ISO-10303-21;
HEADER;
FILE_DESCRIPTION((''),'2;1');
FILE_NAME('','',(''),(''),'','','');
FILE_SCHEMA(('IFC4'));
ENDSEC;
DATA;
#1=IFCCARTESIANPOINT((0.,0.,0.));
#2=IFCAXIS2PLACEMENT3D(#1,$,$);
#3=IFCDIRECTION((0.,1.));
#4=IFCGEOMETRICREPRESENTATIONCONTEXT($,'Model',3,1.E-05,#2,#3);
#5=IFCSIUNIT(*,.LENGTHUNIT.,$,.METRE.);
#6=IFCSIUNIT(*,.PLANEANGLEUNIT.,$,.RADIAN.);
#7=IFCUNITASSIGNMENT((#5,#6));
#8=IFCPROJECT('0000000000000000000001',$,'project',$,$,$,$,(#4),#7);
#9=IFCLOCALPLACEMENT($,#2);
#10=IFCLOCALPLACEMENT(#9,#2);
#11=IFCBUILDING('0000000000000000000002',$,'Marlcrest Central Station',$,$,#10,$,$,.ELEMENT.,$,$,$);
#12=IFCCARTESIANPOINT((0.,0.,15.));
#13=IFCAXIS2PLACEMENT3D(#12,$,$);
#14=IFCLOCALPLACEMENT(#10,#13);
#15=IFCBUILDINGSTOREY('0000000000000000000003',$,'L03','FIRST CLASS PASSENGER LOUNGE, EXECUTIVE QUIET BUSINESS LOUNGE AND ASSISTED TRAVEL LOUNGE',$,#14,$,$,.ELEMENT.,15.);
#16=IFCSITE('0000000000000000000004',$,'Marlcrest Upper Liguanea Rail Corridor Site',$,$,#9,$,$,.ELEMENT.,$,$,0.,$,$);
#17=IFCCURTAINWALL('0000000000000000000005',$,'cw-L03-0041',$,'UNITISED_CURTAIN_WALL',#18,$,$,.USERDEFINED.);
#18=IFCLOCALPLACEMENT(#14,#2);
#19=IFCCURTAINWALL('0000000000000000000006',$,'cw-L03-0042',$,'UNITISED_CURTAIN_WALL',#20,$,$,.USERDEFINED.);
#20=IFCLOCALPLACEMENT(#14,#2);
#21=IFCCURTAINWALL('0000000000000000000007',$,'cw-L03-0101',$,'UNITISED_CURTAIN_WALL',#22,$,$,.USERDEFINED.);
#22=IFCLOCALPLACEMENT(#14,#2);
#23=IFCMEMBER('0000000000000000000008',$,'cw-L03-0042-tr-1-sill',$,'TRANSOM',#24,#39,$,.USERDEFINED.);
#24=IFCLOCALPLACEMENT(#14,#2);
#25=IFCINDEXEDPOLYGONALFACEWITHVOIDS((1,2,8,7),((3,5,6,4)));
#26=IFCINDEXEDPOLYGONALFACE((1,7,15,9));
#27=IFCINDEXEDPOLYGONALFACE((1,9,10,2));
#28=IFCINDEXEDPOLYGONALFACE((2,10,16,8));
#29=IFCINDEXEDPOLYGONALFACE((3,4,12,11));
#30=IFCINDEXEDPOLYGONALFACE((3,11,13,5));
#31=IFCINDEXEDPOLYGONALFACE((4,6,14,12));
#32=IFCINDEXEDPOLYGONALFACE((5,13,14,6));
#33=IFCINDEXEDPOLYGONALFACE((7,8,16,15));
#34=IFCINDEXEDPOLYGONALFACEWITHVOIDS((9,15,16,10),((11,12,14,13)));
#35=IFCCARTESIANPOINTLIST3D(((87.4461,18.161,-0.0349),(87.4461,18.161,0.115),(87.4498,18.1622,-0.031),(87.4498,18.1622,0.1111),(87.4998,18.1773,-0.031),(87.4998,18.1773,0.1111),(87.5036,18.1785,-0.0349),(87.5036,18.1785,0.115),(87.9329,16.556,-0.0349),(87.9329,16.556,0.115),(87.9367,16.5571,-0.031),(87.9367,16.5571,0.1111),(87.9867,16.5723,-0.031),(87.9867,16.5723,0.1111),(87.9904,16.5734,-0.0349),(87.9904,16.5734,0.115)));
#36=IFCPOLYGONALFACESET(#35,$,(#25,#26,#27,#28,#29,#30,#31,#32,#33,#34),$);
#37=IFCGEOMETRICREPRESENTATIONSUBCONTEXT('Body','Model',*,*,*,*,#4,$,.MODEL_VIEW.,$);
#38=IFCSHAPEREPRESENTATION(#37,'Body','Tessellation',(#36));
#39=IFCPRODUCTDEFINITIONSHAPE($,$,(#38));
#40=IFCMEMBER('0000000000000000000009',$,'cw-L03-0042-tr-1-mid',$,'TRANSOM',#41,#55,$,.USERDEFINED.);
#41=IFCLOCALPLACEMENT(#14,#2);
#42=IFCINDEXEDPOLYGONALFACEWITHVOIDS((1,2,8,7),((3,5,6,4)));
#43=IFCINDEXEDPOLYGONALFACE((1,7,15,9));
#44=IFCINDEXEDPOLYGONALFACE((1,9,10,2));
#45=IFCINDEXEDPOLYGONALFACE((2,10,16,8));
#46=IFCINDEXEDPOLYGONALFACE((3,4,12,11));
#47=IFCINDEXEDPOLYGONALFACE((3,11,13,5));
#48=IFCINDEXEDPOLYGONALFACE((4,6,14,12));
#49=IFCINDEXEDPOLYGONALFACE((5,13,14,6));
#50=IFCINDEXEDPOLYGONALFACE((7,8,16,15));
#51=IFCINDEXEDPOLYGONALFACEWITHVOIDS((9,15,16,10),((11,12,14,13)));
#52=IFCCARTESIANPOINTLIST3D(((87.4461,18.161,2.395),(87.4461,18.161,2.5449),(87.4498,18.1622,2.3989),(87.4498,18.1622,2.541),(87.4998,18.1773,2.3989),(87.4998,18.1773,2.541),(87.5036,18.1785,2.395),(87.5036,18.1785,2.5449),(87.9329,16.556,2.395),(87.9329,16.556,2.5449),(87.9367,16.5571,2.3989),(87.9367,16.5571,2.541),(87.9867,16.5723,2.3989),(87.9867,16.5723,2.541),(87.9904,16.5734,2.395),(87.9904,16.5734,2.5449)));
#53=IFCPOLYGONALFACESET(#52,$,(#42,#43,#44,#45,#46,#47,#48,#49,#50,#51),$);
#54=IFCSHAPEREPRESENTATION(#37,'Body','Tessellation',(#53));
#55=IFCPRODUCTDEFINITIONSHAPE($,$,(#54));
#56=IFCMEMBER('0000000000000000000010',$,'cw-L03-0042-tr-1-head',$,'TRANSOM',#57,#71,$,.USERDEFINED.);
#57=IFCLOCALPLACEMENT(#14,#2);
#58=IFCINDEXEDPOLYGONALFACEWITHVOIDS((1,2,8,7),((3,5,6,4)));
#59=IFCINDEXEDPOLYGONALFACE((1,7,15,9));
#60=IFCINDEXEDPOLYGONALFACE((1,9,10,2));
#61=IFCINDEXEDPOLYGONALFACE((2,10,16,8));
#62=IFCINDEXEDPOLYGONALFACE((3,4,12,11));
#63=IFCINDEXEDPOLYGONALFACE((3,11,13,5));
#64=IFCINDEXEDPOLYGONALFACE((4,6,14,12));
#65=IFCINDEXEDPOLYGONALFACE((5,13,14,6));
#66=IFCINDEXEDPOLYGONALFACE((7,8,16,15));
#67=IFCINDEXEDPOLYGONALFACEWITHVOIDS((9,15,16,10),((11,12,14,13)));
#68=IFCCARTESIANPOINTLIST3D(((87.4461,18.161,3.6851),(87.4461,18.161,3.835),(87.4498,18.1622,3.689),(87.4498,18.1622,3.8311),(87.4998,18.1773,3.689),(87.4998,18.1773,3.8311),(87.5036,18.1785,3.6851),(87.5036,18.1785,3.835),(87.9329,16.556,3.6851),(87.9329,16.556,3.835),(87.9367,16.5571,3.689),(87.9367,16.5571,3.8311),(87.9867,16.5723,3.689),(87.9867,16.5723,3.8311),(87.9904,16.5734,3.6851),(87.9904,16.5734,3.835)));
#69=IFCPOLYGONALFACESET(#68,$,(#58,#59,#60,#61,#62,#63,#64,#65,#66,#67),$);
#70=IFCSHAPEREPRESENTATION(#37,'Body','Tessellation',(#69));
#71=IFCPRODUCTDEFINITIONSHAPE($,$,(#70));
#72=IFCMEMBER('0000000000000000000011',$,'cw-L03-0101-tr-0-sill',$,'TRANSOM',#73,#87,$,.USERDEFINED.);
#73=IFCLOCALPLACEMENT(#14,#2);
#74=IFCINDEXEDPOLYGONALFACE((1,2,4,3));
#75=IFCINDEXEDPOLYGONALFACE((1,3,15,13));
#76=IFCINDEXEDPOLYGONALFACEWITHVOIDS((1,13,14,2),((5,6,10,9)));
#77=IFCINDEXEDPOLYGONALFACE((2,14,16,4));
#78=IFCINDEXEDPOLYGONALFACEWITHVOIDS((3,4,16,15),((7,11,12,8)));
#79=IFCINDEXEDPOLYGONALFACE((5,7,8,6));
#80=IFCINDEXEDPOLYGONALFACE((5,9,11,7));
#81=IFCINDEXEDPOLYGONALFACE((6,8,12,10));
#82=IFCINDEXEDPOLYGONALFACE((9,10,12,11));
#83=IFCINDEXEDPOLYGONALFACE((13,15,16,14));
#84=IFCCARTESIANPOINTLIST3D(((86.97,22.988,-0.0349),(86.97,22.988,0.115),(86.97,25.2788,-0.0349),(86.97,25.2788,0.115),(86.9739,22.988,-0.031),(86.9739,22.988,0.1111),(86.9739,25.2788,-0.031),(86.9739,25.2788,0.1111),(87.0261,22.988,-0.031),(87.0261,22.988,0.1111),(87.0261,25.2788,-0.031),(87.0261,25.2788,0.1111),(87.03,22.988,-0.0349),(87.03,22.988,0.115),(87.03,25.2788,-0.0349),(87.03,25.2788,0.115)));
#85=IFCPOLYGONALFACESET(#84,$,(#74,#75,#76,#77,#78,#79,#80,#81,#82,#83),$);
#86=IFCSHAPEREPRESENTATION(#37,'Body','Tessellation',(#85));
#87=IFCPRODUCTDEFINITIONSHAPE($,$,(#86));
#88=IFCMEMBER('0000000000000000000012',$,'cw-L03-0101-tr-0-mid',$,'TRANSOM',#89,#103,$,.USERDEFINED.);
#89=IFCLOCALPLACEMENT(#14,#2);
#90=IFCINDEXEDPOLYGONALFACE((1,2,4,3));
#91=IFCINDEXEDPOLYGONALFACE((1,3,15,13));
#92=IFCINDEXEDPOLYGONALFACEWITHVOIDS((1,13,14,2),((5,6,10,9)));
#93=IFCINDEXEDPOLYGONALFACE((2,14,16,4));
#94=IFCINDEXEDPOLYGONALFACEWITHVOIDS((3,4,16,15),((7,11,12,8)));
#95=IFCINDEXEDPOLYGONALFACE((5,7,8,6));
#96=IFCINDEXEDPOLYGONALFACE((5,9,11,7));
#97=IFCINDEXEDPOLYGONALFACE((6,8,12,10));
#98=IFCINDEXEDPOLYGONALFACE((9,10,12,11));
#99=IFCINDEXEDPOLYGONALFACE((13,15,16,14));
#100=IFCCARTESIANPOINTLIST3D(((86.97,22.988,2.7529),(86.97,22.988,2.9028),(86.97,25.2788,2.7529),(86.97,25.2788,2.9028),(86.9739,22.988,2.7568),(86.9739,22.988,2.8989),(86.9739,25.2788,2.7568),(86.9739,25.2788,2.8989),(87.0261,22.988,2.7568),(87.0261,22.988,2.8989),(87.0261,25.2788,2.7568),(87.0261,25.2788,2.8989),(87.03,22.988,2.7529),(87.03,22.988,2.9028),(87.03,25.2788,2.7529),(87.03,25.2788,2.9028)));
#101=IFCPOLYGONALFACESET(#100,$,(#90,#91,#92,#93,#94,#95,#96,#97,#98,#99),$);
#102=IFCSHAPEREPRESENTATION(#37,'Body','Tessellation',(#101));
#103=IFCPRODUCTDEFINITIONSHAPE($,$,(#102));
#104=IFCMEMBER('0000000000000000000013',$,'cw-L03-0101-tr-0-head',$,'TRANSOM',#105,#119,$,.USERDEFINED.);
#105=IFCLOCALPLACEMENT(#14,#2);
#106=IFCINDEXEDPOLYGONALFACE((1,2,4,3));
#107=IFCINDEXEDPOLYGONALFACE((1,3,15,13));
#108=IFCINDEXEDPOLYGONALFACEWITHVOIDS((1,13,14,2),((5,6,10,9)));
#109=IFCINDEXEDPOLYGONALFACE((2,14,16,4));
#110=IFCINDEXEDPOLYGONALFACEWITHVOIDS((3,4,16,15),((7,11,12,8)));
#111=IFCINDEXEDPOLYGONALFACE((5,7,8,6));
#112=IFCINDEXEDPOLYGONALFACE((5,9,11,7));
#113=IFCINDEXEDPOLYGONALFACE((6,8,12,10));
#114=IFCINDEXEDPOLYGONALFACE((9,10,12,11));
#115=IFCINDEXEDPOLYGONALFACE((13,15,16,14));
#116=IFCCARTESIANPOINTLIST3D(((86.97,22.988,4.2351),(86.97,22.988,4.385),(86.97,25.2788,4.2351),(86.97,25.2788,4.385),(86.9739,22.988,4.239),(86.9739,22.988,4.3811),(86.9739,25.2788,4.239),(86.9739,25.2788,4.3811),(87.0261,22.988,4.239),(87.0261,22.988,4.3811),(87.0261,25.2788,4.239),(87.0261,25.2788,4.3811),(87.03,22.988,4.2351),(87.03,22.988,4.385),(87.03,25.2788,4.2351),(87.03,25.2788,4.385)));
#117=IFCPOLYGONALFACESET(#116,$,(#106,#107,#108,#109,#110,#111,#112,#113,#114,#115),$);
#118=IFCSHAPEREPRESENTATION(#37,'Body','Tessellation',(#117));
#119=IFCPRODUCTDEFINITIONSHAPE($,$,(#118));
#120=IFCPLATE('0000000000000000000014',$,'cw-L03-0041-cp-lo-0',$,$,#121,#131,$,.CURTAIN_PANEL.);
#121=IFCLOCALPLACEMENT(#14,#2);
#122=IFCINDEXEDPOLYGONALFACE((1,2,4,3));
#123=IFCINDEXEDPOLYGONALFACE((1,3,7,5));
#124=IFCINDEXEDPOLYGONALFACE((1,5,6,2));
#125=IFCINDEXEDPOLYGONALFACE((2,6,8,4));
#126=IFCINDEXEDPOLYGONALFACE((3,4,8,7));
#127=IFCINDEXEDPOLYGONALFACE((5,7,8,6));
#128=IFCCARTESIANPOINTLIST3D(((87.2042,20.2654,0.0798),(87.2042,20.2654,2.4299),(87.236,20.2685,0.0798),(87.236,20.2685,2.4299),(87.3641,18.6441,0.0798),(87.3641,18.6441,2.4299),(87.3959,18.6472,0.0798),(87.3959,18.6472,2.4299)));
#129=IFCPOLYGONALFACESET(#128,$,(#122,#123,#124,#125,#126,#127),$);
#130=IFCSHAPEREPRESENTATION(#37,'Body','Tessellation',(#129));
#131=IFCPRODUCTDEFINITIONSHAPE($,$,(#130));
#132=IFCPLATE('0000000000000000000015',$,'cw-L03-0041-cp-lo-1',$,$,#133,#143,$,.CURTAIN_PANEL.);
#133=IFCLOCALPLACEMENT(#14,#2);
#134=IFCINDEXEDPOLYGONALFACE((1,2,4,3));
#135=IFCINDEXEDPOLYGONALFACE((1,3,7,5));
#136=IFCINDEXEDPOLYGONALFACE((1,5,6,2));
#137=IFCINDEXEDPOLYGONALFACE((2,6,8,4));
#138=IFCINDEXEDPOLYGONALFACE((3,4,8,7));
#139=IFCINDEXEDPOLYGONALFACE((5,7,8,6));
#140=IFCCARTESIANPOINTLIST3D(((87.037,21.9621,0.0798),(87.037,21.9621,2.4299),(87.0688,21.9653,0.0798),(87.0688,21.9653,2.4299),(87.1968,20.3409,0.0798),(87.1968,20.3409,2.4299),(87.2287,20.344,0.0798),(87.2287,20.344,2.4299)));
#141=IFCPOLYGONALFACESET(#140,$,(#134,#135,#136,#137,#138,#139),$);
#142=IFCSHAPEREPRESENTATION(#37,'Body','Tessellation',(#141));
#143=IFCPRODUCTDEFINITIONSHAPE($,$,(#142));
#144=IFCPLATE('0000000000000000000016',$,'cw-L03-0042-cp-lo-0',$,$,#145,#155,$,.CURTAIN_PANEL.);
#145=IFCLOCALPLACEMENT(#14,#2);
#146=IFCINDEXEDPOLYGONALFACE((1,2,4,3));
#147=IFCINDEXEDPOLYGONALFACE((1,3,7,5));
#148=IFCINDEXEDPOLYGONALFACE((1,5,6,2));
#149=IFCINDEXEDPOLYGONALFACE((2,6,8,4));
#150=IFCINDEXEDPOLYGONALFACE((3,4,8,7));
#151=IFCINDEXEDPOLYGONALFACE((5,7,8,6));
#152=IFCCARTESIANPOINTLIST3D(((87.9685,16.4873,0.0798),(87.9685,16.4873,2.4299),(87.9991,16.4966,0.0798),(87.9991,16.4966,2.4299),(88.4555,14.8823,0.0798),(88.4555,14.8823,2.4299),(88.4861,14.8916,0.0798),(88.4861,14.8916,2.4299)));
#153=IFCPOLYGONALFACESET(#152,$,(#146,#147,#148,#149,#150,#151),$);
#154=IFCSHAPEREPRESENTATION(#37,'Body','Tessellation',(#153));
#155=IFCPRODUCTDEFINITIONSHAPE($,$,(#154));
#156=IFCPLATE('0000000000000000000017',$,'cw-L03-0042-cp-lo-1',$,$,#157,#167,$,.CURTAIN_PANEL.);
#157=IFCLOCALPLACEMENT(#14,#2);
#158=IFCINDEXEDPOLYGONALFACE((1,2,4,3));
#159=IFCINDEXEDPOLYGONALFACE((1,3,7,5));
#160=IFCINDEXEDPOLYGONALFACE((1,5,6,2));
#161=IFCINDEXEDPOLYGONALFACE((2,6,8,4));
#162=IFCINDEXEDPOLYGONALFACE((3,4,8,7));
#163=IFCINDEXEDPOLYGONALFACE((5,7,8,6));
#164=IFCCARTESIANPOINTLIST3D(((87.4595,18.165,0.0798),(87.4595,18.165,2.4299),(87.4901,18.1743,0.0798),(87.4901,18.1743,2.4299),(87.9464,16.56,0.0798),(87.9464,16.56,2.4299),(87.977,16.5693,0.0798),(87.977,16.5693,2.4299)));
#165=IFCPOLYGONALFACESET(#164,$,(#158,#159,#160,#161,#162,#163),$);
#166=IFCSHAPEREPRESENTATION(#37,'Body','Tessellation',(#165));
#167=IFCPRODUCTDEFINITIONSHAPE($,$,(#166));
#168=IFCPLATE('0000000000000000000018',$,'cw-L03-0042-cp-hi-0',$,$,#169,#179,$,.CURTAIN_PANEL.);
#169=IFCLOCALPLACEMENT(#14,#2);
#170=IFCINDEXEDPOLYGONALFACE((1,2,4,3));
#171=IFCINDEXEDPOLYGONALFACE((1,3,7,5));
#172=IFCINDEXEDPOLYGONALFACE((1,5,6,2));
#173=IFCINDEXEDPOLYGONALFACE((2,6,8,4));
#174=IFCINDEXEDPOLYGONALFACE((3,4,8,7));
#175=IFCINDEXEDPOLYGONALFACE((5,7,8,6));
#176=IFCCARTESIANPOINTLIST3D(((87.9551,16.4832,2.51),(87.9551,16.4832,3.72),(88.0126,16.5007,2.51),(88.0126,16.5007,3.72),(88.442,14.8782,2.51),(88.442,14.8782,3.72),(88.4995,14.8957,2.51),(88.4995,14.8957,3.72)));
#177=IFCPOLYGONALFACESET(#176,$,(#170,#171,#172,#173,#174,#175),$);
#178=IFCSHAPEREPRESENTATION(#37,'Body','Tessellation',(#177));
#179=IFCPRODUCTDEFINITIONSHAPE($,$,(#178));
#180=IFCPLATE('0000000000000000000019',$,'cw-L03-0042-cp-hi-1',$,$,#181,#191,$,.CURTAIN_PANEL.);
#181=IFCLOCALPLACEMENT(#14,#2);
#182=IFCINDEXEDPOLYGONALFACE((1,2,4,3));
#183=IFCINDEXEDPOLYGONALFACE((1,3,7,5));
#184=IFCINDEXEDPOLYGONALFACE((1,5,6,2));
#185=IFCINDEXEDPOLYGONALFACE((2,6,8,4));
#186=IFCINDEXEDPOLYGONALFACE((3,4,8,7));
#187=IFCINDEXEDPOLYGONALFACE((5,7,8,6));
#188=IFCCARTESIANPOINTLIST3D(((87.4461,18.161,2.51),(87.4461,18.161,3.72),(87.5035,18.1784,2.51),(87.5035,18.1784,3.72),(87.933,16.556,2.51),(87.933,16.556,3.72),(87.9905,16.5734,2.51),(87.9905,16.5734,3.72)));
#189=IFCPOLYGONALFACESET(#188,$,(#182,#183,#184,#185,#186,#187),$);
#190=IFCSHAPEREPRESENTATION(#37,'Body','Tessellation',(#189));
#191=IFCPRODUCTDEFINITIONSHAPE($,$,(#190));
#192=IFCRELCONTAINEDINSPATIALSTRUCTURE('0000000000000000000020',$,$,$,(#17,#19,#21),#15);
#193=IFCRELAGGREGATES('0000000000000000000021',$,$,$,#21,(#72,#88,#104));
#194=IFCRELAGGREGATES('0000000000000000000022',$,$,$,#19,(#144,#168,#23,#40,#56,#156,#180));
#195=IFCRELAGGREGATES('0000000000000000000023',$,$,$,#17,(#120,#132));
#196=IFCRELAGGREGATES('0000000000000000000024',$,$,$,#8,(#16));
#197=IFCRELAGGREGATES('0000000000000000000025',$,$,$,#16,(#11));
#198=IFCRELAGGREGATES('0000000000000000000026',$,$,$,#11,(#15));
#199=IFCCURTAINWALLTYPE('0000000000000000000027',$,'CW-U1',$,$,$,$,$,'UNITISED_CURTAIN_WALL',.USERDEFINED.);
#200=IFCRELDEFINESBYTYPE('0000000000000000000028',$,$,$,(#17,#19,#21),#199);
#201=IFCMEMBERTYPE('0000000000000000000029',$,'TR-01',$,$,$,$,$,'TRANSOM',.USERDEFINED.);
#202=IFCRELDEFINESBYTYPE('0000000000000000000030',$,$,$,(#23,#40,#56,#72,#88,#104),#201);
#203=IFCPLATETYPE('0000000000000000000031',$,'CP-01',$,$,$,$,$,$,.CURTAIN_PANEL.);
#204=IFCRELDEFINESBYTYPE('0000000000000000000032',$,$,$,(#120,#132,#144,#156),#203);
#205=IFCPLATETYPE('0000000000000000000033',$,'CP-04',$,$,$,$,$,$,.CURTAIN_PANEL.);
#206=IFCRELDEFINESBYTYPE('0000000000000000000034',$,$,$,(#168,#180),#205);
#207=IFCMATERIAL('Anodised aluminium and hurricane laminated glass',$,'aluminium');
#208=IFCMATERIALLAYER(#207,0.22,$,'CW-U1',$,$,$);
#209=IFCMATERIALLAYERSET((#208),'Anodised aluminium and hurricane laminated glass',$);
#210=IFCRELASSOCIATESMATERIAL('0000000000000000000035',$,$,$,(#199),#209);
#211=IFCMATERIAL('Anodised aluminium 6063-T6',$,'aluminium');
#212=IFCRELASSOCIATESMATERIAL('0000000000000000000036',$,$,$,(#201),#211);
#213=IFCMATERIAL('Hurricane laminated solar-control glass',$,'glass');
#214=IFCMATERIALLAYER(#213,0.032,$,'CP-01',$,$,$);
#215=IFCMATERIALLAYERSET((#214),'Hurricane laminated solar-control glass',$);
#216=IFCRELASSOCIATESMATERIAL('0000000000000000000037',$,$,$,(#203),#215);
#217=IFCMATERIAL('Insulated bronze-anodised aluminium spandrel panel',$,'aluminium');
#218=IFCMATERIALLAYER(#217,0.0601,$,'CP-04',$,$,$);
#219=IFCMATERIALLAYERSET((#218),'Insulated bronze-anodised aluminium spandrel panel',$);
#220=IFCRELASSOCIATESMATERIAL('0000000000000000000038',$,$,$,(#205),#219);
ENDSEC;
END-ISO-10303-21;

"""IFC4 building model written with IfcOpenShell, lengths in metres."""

from ifc_helpers import new_model, si_unit, direction, frame, origin, origin_2d, place, context, subcontext, project, spatial, rectangle, hollow_rectangle, extrude, material, layer, layer_set, material_profile, profile_set, type_object, element, aggregate, save


model = new_model("IFC4")

# Units and contexts
model_context = context("Model", 3, precision=1e-05, world=origin(), true_north=direction((0.0, 1.0)))
body_context = subcontext(model_context, "Body", "Model", "MODEL_VIEW")
ifc_project = project(units=[si_unit("LENGTHUNIT", "METRE"), si_unit("PLANEANGLEUNIT", "RADIAN")], contexts=[model_context])

# Site, building, storey
site_placement = place(None, origin())
site = spatial("IfcSite", under=ifc_project, at=site_placement, Name="Marlcrest Upper Liguanea Rail Corridor Site", CompositionType="ELEMENT", RefElevation=0.0)
building_placement = place(site_placement, origin())
building = spatial("IfcBuilding", under=site, at=building_placement, Name="Marlcrest Central Station", CompositionType="ELEMENT")
storey_placement = place(building_placement, frame((0.0, 0.0, 15.0)))
storey = spatial("IfcBuildingStorey", under=building, at=storey_placement, Name="L03", Description="FIRST CLASS PASSENGER LOUNGE, EXECUTIVE QUIET BUSINESS LOUNGE AND ASSISTED TRAVEL LOUNGE", CompositionType="ELEMENT", Elevation=15.0)

# Curtain walls
ifc_material_1 = material(Name="Anodised aluminium and hurricane laminated glass", Category="aluminium")
ifc_layer_1 = layer(ifc_material_1, 0.22, Name="CW-U1")
ifc_layer_set_1 = layer_set([ifc_layer_1], Name="Anodised aluminium and hurricane laminated glass")
curtain_wall_type = type_object("IfcCurtainWallType", Name="CW-U1", ElementType="UNITISED_CURTAIN_WALL", PredefinedType="USERDEFINED", material=ifc_layer_set_1)
curtain_wall_1_placement = place(storey_placement, origin())
curtain_wall_1 = element("IfcCurtainWall", 1, at=curtain_wall_1_placement, inside=storey, type_object=curtain_wall_type, Name="cw-L03-0041", ObjectType="UNITISED_CURTAIN_WALL", PredefinedType="USERDEFINED")
ifc_material_2 = material(Name="Anodised aluminium 6063-T6", Category="aluminium")
curtain_wall_2_placement = place(storey_placement, origin())
curtain_wall_2 = element("IfcCurtainWall", 2, at=curtain_wall_2_placement, inside=storey, type_object=curtain_wall_type, Name="cw-L03-0042", ObjectType="UNITISED_CURTAIN_WALL", PredefinedType="USERDEFINED")

# Curtain wall
curtain_wall_3_placement = place(storey_placement, origin())
curtain_wall_3 = element("IfcCurtainWall", 3, at=curtain_wall_3_placement, inside=storey, type_object=curtain_wall_type, Name="cw-L03-0101", ObjectType="UNITISED_CURTAIN_WALL", PredefinedType="USERDEFINED")

# Members
ifc_material_profile_1 = material_profile(ifc_material_2, hollow_rectangle(XDim=0.0601, YDim=0.1499, WallThickness=0.0039, at=origin_2d()), Name="AA-RHS 150x60x4")
ifc_profile_set_1 = profile_set([ifc_material_profile_1], Name="Anodised aluminium 6063-T6")
member_type_1 = type_object("IfcMemberType", Name="TR-01", ElementType="TRANSOM", PredefinedType="USERDEFINED", material=ifc_profile_set_1)
member_1_placement = place(storey_placement, frame((87.9617, 16.5647, 0.04), z_axis=(-0.290258, 0.956948, 0.0), x_axis=(-0.956948, -0.290258, 0.0)))
member_1 = element("IfcMember", 4, at=member_1_placement, type_object=member_type_1, Name="cw-L03-0042-tr-1-sill", ObjectType="TRANSOM", PredefinedType="USERDEFINED", context=body_context, shape_type="SweptSolid", body=[
    extrude(hollow_rectangle(XDim=0.0601, YDim=0.1499, WallThickness=0.0039, at=origin_2d()), origin(), (0.0, 0.0, 1.0), 1.6772),
])
member_2_placement = place(storey_placement, frame((87.9617, 16.5647, 2.47), z_axis=(-0.290258, 0.956948, 0.0), x_axis=(-0.956948, -0.290258, 0.0)))
member_2 = element("IfcMember", 5, at=member_2_placement, type_object=member_type_1, Name="cw-L03-0042-tr-1-mid", ObjectType="TRANSOM", PredefinedType="USERDEFINED", context=body_context, shape_type="SweptSolid", body=[
    extrude(hollow_rectangle(XDim=0.0601, YDim=0.1499, WallThickness=0.0039, at=origin_2d()), origin(), (0.0, 0.0, 1.0), 1.6772),
])
member_3_placement = place(storey_placement, frame((87.9617, 16.5647, 3.76), z_axis=(-0.290258, 0.956948, 0.0), x_axis=(-0.956948, -0.290258, 0.0)))
member_3 = element("IfcMember", 6, at=member_3_placement, type_object=member_type_1, Name="cw-L03-0042-tr-1-head", ObjectType="TRANSOM", PredefinedType="USERDEFINED", context=body_context, shape_type="SweptSolid", body=[
    extrude(hollow_rectangle(XDim=0.0601, YDim=0.1499, WallThickness=0.0039, at=origin_2d()), origin(), (0.0, 0.0, 1.0), 1.6772),
])
member_4_placement = place(storey_placement, frame((87.0, 22.988, 0.04), z_axis=(0.0, 1.0, 0.0), x_axis=(-1.0, 0.0, 0.0)))
member_4 = element("IfcMember", 7, at=member_4_placement, type_object=member_type_1, Name="cw-L03-0101-tr-0-sill", ObjectType="TRANSOM", PredefinedType="USERDEFINED", context=body_context, shape_type="SweptSolid", body=[
    extrude(hollow_rectangle(XDim=0.0601, YDim=0.1499, WallThickness=0.0039, at=origin_2d()), origin(), (0.0, 0.0, 1.0), 2.2908),
])
member_5_placement = place(storey_placement, frame((87.0, 22.988, 2.8279), z_axis=(0.0, 1.0, 0.0), x_axis=(-1.0, 0.0, 0.0)))
member_5 = element("IfcMember", 8, at=member_5_placement, type_object=member_type_1, Name="cw-L03-0101-tr-0-mid", ObjectType="TRANSOM", PredefinedType="USERDEFINED", context=body_context, shape_type="SweptSolid", body=[
    extrude(hollow_rectangle(XDim=0.0601, YDim=0.1499, WallThickness=0.0039, at=origin_2d()), origin(), (0.0, 0.0, 1.0), 2.2908),
])
member_6_placement = place(storey_placement, frame((87.0, 22.988, 4.3101), z_axis=(0.0, 1.0, 0.0), x_axis=(-1.0, 0.0, 0.0)))
member_6 = element("IfcMember", 9, at=member_6_placement, type_object=member_type_1, Name="cw-L03-0101-tr-0-head", ObjectType="TRANSOM", PredefinedType="USERDEFINED", context=body_context, shape_type="SweptSolid", body=[
    extrude(hollow_rectangle(XDim=0.0601, YDim=0.1499, WallThickness=0.0039, at=origin_2d()), origin(), (0.0, 0.0, 1.0), 2.2908),
])
aggregate(curtain_wall_3, [member_4, member_5, member_6])

# Plates
ifc_material_3 = material(Name="Hurricane laminated solar-control glass", Category="glass")
ifc_layer_2 = layer(ifc_material_3, 0.032, Name="CP-01")
ifc_layer_set_2 = layer_set([ifc_layer_2], Name="Hurricane laminated solar-control glass")
plate_type_1 = type_object("IfcPlateType", Name="CP-01", PredefinedType="CURTAIN_PANEL", material=ifc_layer_set_2)
plate_1_placement = place(storey_placement, frame((87.3, 19.4563, 0.0798), z_axis=(0.0, 0.0, 1.0), x_axis=(-0.098139, 0.995173, 0.0)))
plate_1 = element("IfcPlate", 10, at=plate_1_placement, type_object=plate_type_1, Name="cw-L03-0041-cp-lo-0", PredefinedType="CURTAIN_PANEL", context=body_context, shape_type="SweptSolid", body=[
    extrude(rectangle(XDim=1.6292, YDim=0.032, at=origin_2d()), origin(), (0.0, 0.0, 1.0), 2.3501),
])
plate_2_placement = place(storey_placement, frame((87.1328, 21.1531, 0.0798), z_axis=(0.0, 0.0, 1.0), x_axis=(-0.098139, 0.995173, 0.0)))
plate_2 = element("IfcPlate", 11, at=plate_2_placement, type_object=plate_type_1, Name="cw-L03-0041-cp-lo-1", PredefinedType="CURTAIN_PANEL", context=body_context, shape_type="SweptSolid", body=[
    extrude(rectangle(XDim=1.6292, YDim=0.032, at=origin_2d()), origin(), (0.0, 0.0, 1.0), 2.3501),
])
plate_3_placement = place(storey_placement, frame((88.2273, 15.6895, 0.0798), z_axis=(0.0, 0.0, 1.0), x_axis=(-0.290318, 0.95693, 0.0)))
plate_3 = element("IfcPlate", 12, at=plate_3_placement, type_object=plate_type_1, Name="cw-L03-0042-cp-lo-0", PredefinedType="CURTAIN_PANEL", context=body_context, shape_type="SweptSolid", body=[
    extrude(rectangle(XDim=1.6772, YDim=0.032, at=origin_2d()), origin(), (0.0, 0.0, 1.0), 2.3501),
])
plate_4_placement = place(storey_placement, frame((87.7183, 17.3672, 0.0798), z_axis=(0.0, 0.0, 1.0), x_axis=(-0.290318, 0.95693, 0.0)))
plate_4 = element("IfcPlate", 13, at=plate_4_placement, type_object=plate_type_1, Name="cw-L03-0042-cp-lo-1", PredefinedType="CURTAIN_PANEL", context=body_context, shape_type="SweptSolid", body=[
    extrude(rectangle(XDim=1.6772, YDim=0.032, at=origin_2d()), origin(), (0.0, 0.0, 1.0), 2.3501),
])
ifc_material_4 = material(Name="Insulated bronze-anodised aluminium spandrel panel", Category="aluminium")
ifc_layer_3 = layer(ifc_material_4, 0.0601, Name="CP-04")
ifc_layer_set_3 = layer_set([ifc_layer_3], Name="Insulated bronze-anodised aluminium spandrel panel")
plate_type_2 = type_object("IfcPlateType", Name="CP-04", PredefinedType="CURTAIN_PANEL", material=ifc_layer_set_3)
plate_5_placement = place(storey_placement, frame((88.2273, 15.6895, 2.51), z_axis=(0.0, 0.0, 1.0), x_axis=(-0.290318, 0.95693, 0.0)))
plate_5 = element("IfcPlate", 14, at=plate_5_placement, type_object=plate_type_2, Name="cw-L03-0042-cp-hi-0", PredefinedType="CURTAIN_PANEL", context=body_context, shape_type="SweptSolid", body=[
    extrude(rectangle(XDim=1.6772, YDim=0.0601, at=origin_2d()), origin(), (0.0, 0.0, 1.0), 1.21),
])
plate_6_placement = place(storey_placement, frame((87.7183, 17.3672, 2.51), z_axis=(0.0, 0.0, 1.0), x_axis=(-0.290318, 0.95693, 0.0)))
plate_6 = element("IfcPlate", 15, at=plate_6_placement, type_object=plate_type_2, Name="cw-L03-0042-cp-hi-1", PredefinedType="CURTAIN_PANEL", context=body_context, shape_type="SweptSolid", body=[
    extrude(rectangle(XDim=1.6772, YDim=0.0601, at=origin_2d()), origin(), (0.0, 0.0, 1.0), 1.21),
])
aggregate(curtain_wall_2, [plate_3, plate_5, member_1, member_2, member_3, plate_4, plate_6])
aggregate(curtain_wall_1, [plate_1, plate_2])

save(model, "model.ifc")
